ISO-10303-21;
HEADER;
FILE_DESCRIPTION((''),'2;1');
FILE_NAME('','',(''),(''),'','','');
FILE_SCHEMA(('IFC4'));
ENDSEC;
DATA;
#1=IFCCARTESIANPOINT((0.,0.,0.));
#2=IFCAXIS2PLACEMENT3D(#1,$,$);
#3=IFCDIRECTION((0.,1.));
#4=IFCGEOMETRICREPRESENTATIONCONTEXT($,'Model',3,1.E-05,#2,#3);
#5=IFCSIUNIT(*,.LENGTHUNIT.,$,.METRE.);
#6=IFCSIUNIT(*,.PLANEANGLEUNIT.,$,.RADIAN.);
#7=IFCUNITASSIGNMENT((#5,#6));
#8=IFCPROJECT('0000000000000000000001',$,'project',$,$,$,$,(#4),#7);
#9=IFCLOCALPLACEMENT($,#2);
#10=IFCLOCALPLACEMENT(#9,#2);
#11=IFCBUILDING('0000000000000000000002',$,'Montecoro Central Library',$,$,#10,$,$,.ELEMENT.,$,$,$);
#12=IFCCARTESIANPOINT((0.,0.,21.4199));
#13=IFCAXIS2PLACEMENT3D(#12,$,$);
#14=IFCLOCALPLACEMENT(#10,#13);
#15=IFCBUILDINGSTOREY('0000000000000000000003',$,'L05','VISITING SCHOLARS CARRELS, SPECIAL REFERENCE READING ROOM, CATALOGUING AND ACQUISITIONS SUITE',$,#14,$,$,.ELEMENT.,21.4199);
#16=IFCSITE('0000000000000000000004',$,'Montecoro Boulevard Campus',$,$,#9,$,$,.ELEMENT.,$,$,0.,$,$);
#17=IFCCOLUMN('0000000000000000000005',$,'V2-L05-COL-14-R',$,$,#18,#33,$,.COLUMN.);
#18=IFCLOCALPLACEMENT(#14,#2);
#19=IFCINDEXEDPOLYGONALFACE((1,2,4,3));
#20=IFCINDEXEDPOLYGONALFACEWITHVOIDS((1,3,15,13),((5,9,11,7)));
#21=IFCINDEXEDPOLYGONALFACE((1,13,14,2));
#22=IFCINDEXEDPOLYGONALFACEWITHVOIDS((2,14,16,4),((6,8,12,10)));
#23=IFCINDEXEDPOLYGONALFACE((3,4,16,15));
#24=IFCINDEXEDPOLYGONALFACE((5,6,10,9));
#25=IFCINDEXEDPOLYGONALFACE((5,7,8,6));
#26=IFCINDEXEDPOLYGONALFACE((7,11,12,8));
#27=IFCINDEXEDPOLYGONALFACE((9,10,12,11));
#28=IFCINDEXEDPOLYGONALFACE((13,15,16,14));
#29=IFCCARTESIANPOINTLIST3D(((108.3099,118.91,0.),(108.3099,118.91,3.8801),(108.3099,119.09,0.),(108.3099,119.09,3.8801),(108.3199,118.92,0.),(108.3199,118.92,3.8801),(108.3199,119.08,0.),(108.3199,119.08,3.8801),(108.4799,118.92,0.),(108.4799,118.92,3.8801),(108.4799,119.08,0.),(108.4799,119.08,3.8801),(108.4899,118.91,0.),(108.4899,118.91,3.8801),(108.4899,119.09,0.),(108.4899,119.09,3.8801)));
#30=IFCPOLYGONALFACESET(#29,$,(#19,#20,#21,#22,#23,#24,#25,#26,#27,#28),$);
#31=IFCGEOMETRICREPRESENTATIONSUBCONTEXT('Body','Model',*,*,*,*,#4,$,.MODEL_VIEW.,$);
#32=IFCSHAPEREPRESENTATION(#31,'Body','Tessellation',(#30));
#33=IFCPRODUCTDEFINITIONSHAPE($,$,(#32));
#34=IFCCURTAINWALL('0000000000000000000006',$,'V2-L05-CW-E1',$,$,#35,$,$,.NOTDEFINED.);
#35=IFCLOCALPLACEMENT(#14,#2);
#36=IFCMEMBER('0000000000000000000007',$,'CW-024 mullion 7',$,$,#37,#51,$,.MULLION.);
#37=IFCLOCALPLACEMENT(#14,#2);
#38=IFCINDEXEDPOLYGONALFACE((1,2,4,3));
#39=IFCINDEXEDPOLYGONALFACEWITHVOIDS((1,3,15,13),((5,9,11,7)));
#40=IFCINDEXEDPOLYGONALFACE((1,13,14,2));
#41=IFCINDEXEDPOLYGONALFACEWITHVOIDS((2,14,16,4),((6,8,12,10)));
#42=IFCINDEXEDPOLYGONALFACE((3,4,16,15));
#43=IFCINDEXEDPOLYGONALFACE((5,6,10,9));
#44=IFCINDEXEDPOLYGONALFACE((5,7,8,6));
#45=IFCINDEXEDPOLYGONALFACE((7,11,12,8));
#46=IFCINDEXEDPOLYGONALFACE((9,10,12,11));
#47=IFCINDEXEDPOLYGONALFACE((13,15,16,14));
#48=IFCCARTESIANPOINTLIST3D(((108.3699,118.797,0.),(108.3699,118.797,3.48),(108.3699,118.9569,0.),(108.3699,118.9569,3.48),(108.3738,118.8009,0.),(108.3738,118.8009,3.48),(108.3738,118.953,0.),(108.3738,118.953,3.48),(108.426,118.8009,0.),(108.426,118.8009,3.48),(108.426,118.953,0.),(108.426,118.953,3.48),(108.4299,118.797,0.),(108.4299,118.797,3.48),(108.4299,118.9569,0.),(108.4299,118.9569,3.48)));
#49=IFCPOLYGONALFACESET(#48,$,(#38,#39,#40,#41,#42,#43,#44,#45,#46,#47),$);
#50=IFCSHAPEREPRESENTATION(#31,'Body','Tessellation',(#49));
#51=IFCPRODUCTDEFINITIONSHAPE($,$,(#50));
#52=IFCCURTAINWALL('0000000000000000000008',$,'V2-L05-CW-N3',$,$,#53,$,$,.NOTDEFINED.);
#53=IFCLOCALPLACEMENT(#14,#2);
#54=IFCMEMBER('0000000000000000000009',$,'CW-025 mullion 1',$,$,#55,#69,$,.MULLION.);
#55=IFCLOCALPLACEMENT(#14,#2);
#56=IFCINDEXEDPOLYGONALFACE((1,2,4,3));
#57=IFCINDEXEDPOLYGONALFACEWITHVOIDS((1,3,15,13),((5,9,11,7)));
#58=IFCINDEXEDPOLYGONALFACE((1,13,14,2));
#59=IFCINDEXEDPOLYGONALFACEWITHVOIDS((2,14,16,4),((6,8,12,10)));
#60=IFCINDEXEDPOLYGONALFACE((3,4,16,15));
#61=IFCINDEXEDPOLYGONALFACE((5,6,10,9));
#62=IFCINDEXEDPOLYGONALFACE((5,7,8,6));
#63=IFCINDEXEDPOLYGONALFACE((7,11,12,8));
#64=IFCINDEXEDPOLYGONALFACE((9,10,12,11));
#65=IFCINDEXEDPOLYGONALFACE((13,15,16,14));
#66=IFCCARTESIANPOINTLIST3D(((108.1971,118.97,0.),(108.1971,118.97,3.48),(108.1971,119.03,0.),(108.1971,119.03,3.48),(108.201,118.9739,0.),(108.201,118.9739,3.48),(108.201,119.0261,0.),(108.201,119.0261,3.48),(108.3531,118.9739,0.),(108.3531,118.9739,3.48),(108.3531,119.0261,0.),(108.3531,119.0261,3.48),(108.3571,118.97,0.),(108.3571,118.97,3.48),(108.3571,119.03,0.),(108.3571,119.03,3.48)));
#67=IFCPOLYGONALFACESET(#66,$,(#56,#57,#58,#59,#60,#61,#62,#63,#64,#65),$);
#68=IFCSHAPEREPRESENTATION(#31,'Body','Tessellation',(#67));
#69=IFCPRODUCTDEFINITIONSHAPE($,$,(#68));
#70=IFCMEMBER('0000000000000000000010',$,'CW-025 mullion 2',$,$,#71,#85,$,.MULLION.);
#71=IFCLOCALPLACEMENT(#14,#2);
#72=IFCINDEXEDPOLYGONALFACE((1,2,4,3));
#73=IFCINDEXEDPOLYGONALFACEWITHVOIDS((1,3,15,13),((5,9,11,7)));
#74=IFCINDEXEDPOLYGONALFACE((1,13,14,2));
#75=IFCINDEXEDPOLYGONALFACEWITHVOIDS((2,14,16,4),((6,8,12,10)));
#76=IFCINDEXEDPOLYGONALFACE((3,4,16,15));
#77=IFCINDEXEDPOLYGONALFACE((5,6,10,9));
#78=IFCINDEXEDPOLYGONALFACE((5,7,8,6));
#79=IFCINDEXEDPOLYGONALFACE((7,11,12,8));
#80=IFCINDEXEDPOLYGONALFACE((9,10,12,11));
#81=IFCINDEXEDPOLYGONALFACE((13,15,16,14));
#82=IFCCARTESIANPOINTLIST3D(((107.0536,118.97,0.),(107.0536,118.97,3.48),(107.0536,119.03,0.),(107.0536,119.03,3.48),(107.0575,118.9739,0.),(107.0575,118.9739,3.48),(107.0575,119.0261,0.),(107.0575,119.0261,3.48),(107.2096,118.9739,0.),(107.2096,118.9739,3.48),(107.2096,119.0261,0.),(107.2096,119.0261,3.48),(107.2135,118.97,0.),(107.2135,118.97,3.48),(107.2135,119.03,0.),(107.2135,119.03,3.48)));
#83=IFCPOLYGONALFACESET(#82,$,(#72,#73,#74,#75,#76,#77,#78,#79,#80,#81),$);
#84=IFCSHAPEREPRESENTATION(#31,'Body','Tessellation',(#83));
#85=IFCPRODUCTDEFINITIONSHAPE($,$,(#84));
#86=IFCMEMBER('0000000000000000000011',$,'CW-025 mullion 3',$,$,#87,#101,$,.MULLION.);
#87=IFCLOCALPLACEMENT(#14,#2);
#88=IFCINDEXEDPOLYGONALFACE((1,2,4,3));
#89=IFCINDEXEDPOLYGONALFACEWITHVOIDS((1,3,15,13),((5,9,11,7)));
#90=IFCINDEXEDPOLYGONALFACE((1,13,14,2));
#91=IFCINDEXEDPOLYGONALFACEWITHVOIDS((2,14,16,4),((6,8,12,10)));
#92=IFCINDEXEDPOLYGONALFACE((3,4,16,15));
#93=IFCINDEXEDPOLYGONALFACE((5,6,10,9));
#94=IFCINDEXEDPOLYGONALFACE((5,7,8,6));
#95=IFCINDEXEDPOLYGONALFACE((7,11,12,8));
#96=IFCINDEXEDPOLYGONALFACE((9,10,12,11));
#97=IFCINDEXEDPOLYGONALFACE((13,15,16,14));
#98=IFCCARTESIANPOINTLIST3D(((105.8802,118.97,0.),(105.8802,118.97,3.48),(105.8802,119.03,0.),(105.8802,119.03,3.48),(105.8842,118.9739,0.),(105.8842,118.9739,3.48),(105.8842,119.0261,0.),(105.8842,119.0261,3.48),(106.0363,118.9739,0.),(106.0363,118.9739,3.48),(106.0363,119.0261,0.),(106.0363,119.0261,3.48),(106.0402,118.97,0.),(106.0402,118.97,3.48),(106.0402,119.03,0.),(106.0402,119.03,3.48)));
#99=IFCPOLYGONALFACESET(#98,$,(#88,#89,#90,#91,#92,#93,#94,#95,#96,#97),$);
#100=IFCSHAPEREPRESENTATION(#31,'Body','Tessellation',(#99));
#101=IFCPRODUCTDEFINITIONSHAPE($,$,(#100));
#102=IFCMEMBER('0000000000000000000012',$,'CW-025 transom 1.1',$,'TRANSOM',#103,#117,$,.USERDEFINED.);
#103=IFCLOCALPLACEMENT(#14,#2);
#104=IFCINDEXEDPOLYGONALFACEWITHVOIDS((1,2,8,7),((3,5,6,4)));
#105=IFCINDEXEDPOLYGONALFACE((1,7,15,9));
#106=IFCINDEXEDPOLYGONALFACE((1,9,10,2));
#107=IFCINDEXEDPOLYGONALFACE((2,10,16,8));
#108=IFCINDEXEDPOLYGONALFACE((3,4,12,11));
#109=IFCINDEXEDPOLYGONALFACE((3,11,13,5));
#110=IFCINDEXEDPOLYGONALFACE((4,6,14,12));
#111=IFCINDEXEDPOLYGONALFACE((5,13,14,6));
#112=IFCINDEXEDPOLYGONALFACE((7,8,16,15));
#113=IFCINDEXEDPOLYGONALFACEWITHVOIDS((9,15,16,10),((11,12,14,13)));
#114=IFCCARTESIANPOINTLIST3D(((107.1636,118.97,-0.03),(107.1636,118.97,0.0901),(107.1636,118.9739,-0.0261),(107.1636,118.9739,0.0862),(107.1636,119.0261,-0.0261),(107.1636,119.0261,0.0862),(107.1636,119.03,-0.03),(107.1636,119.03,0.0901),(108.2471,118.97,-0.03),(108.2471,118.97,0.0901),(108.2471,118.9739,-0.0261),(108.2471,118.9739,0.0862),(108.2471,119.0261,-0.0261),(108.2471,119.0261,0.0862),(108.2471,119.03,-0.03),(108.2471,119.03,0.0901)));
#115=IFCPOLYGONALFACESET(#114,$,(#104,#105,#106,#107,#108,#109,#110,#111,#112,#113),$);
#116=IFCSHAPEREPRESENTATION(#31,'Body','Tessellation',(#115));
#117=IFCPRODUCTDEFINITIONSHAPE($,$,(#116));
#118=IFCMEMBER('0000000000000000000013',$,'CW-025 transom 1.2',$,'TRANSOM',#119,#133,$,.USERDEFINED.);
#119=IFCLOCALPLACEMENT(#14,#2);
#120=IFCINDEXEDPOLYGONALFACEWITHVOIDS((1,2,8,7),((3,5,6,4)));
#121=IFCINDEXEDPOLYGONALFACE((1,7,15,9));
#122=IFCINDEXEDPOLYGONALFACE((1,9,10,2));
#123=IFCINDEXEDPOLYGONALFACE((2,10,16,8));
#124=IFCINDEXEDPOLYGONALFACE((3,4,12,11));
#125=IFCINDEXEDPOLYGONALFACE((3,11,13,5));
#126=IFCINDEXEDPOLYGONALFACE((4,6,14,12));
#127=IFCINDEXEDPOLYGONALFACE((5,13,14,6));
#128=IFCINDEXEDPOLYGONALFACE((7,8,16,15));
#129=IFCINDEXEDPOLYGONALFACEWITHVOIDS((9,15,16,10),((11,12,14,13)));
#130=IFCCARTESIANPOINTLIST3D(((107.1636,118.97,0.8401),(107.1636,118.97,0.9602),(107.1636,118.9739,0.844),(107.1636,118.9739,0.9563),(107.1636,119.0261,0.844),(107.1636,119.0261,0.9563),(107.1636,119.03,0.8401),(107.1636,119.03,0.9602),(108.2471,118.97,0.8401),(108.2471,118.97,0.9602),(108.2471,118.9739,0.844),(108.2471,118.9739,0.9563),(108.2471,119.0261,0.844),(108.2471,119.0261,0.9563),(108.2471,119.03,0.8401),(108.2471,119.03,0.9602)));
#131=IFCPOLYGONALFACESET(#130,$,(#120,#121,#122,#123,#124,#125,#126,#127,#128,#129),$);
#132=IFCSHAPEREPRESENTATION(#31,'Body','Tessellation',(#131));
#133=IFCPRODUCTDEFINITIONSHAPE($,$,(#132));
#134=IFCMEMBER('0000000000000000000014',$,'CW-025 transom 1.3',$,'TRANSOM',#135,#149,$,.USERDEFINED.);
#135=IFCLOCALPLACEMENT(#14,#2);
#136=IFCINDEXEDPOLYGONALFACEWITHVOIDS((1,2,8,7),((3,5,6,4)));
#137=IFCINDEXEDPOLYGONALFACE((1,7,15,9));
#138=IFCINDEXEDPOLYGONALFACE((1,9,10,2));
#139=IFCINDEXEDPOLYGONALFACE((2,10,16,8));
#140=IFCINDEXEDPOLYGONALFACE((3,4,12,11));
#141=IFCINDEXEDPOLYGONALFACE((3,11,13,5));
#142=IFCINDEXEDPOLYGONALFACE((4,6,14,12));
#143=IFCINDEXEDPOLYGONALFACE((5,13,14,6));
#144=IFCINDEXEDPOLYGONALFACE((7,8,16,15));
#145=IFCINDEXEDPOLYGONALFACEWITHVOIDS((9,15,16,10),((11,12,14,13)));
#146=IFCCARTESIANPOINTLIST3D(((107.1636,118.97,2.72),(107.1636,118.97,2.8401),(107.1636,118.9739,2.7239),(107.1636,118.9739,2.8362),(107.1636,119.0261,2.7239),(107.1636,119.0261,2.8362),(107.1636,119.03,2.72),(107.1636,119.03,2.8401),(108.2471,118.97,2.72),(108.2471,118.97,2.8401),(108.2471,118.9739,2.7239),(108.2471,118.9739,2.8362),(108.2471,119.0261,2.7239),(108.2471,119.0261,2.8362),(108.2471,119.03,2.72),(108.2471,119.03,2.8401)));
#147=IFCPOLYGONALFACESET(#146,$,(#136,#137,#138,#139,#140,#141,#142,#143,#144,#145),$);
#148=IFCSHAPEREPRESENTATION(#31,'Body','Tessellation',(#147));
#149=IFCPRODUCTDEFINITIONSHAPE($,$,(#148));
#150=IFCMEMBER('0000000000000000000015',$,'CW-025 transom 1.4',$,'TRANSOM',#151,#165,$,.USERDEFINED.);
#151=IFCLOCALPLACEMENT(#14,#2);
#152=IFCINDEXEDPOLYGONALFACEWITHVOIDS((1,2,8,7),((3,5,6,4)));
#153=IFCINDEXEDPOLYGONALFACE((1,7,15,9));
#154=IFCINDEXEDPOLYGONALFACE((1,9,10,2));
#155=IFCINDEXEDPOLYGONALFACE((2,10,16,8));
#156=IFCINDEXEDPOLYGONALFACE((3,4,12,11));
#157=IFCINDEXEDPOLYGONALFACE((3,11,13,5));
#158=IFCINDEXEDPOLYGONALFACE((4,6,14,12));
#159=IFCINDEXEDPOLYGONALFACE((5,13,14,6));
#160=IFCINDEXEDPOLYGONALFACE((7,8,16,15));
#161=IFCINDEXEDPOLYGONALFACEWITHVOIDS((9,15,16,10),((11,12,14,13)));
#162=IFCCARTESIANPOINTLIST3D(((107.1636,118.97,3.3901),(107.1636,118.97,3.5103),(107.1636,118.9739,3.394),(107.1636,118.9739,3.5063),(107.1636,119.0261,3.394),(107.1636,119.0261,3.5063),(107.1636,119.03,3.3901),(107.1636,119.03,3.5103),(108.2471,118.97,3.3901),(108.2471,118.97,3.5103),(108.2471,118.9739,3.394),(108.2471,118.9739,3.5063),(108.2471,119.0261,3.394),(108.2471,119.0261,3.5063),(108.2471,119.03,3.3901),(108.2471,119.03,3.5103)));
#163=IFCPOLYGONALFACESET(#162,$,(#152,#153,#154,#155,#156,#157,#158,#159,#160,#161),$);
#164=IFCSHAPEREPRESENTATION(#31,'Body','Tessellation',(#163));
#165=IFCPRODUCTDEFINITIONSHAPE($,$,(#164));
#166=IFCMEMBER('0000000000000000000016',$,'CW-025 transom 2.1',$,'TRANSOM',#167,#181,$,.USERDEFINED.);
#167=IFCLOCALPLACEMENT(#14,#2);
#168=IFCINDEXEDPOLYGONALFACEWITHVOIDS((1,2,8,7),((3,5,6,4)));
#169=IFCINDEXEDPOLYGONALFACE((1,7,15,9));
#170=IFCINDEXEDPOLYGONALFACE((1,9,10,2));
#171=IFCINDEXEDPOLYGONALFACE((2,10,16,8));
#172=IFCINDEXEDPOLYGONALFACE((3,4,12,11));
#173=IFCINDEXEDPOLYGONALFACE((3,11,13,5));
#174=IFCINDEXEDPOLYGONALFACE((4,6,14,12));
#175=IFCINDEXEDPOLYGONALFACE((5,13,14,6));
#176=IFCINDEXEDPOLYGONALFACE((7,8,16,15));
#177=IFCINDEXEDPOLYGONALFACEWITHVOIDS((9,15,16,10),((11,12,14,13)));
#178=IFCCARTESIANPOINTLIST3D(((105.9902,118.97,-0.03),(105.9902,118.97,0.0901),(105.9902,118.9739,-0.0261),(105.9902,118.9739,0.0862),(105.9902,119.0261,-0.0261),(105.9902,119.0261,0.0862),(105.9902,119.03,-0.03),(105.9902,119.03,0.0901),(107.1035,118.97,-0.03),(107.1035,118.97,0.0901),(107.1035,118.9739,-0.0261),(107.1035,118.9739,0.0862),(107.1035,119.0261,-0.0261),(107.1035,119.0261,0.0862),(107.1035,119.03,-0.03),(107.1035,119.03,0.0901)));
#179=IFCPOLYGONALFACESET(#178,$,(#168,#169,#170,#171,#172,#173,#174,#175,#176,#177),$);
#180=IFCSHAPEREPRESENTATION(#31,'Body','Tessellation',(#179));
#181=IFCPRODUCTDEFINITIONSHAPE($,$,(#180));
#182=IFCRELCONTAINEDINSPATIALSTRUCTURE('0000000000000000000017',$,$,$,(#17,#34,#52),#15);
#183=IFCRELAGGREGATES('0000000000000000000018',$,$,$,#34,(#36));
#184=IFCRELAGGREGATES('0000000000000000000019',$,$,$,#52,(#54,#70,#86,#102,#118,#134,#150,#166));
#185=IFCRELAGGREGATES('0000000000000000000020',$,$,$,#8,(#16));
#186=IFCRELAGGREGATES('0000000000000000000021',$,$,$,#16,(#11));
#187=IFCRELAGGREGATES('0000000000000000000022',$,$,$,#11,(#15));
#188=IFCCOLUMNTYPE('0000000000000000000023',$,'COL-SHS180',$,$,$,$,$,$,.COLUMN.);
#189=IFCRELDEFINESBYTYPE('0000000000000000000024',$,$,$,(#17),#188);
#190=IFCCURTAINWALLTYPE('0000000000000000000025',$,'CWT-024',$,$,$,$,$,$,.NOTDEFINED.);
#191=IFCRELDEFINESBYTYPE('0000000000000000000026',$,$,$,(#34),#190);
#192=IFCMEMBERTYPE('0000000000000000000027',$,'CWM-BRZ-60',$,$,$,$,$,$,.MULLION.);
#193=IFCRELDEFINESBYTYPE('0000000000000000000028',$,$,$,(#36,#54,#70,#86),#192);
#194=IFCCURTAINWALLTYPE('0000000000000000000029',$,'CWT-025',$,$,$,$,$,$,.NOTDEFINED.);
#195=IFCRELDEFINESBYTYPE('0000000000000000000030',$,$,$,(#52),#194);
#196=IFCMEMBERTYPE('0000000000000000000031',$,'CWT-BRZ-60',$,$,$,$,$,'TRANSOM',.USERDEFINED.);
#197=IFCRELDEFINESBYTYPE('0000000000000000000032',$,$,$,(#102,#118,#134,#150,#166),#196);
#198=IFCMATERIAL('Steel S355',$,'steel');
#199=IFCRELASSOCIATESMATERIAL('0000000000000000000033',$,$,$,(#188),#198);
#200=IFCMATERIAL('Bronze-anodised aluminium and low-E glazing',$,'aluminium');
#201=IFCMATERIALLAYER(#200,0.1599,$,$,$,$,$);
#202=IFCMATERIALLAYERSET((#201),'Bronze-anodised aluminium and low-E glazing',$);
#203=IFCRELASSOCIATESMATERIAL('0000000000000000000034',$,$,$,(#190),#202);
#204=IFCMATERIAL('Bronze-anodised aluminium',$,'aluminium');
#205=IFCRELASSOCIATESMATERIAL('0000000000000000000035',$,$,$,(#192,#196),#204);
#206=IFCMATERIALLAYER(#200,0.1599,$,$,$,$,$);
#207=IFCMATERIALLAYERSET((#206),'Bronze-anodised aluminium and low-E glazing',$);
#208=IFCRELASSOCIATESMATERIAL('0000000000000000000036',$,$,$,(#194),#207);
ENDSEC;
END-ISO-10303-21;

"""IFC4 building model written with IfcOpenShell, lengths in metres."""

from ifc_helpers import new_model, si_unit, direction, frame, origin, origin_2d, place, context, subcontext, project, spatial, hollow_rectangle, extrude, material, layer, layer_set, material_profile, profile_set, type_object, element, aggregate, save


model = new_model("IFC4")

# Units and contexts
model_context = context("Model", 3, precision=1e-05, world=origin(), true_north=direction((0.0, 1.0)))
body_context = subcontext(model_context, "Body", "Model", "MODEL_VIEW")
ifc_project = project(units=[si_unit("LENGTHUNIT", "METRE"), si_unit("PLANEANGLEUNIT", "RADIAN")], contexts=[model_context])

# Site, building, storey
site_placement = place(None, origin())
site = spatial("IfcSite", under=ifc_project, at=site_placement, Name="Montecoro Boulevard Campus", CompositionType="ELEMENT", RefElevation=0.0)
building_placement = place(site_placement, origin())
building = spatial("IfcBuilding", under=site, at=building_placement, Name="Montecoro Central Library", CompositionType="ELEMENT")
storey_placement = place(building_placement, frame((0.0, 0.0, 21.4199)))
storey = spatial("IfcBuildingStorey", under=building, at=storey_placement, Name="L05", Description="VISITING SCHOLARS CARRELS, SPECIAL REFERENCE READING ROOM, CATALOGUING AND ACQUISITIONS SUITE", CompositionType="ELEMENT", Elevation=21.4199)

# Column
ifc_material_1 = material(Name="Steel S355", Category="steel")
ifc_material_profile_1 = material_profile(ifc_material_1, hollow_rectangle(XDim=0.1799, YDim=0.1799, WallThickness=0.01, at=origin_2d()), Name="SHS 180x180x10.0")
ifc_profile_set_1 = profile_set([ifc_material_profile_1], Name="Steel S355")
column_type = type_object("IfcColumnType", Name="COL-SHS180", PredefinedType="COLUMN", material=ifc_profile_set_1)
column_placement = place(storey_placement, frame((108.3999, 119.0, 0.0), z_axis=(0.0, 0.0, 1.0), x_axis=(1.0, 0.0, 0.0)))
element("IfcColumn", 1, at=column_placement, inside=storey, type_object=column_type, Name="V2-L05-COL-14-R", PredefinedType="COLUMN", context=body_context, shape_type="SweptSolid", body=[
    extrude(hollow_rectangle(XDim=0.1799, YDim=0.1799, WallThickness=0.01, at=origin_2d()), origin(), (0.0, 0.0, 1.0), 3.8801),
])

# Curtain wall, member
ifc_material_2 = material(Name="Bronze-anodised aluminium and low-E glazing", Category="aluminium")
ifc_layer_1 = layer(ifc_material_2, 0.1599)
ifc_layer_set_1 = layer_set([ifc_layer_1], Name="Bronze-anodised aluminium and low-E glazing")
curtain_wall_type_1 = type_object("IfcCurtainWallType", Name="CWT-024", PredefinedType="NOTDEFINED", material=ifc_layer_set_1)
curtain_wall_1_placement = place(storey_placement, origin())
curtain_wall_1 = element("IfcCurtainWall", 2, at=curtain_wall_1_placement, inside=storey, type_object=curtain_wall_type_1, Name="V2-L05-CW-E1", PredefinedType="NOTDEFINED")
ifc_material_3 = material(Name="Bronze-anodised aluminium", Category="aluminium")
ifc_material_profile_2 = material_profile(ifc_material_3, hollow_rectangle(XDim=0.0601, YDim=0.1599, WallThickness=0.0039, at=origin_2d()), Name="CWM 160x60x4.0")
ifc_profile_set_2 = profile_set([ifc_material_profile_2], Name="Bronze-anodised aluminium")
member_type_1 = type_object("IfcMemberType", Name="CWM-BRZ-60", PredefinedType="MULLION", material=ifc_profile_set_2)
member_1_placement = place(storey_placement, frame((108.3999, 118.877, 0.0), z_axis=(0.0, 0.0, 1.0), x_axis=(-1.0, 0.0, 0.0)))
member_1 = element("IfcMember", 3, at=member_1_placement, type_object=member_type_1, Name="CW-024 mullion 7", PredefinedType="MULLION", context=body_context, shape_type="SweptSolid", body=[
    extrude(hollow_rectangle(XDim=0.0601, YDim=0.1599, WallThickness=0.0039, at=origin_2d()), origin(), (0.0, 0.0, 1.0), 3.48),
])

# Curtain wall, members
ifc_layer_2 = layer(ifc_material_2, 0.1599)
ifc_layer_set_2 = layer_set([ifc_layer_2], Name="Bronze-anodised aluminium and low-E glazing")
curtain_wall_type_2 = type_object("IfcCurtainWallType", Name="CWT-025", PredefinedType="NOTDEFINED", material=ifc_layer_set_2)
curtain_wall_2_placement = place(storey_placement, origin())
curtain_wall_2 = element("IfcCurtainWall", 4, at=curtain_wall_2_placement, inside=storey, type_object=curtain_wall_type_2, Name="V2-L05-CW-N3", PredefinedType="NOTDEFINED")
member_2_placement = place(storey_placement, frame((108.2771, 119.0, 0.0), z_axis=(0.0, 0.0, 1.0), x_axis=(0.0, -1.0, 0.0)))
member_2 = element("IfcMember", 5, at=member_2_placement, type_object=member_type_1, Name="CW-025 mullion 1", PredefinedType="MULLION", context=body_context, shape_type="SweptSolid", body=[
    extrude(hollow_rectangle(XDim=0.0601, YDim=0.1599, WallThickness=0.0039, at=origin_2d()), origin(), (0.0, 0.0, 1.0), 3.48),
])
member_3_placement = place(storey_placement, frame((107.1335, 119.0, 0.0), z_axis=(0.0, 0.0, 1.0), x_axis=(0.0, -1.0, 0.0)))
member_3 = element("IfcMember", 6, at=member_3_placement, type_object=member_type_1, Name="CW-025 mullion 2", PredefinedType="MULLION", context=body_context, shape_type="SweptSolid", body=[
    extrude(hollow_rectangle(XDim=0.0601, YDim=0.1599, WallThickness=0.0039, at=origin_2d()), origin(), (0.0, 0.0, 1.0), 3.48),
])
member_4_placement = place(storey_placement, frame((105.9602, 119.0, 0.0), z_axis=(0.0, 0.0, 1.0), x_axis=(0.0, -1.0, 0.0)))
member_4 = element("IfcMember", 7, at=member_4_placement, type_object=member_type_1, Name="CW-025 mullion 3", PredefinedType="MULLION", context=body_context, shape_type="SweptSolid", body=[
    extrude(hollow_rectangle(XDim=0.0601, YDim=0.1599, WallThickness=0.0039, at=origin_2d()), origin(), (0.0, 0.0, 1.0), 3.48),
])
ifc_material_profile_3 = material_profile(ifc_material_3, hollow_rectangle(XDim=0.0601, YDim=0.1201, WallThickness=0.0039, at=origin_2d()), Name="CWT 120x60x4.0")
ifc_profile_set_3 = profile_set([ifc_material_profile_3], Name="Bronze-anodised aluminium")
member_type_2 = type_object("IfcMemberType", Name="CWT-BRZ-60", ElementType="TRANSOM", PredefinedType="USERDEFINED", material=ifc_profile_set_3)
member_5_placement = place(storey_placement, frame((108.2471, 119.0, 0.03), z_axis=(-1.0, 0.0, 0.0), x_axis=(0.0, -1.0, 0.0)))
member_5 = element("IfcMember", 8, at=member_5_placement, type_object=member_type_2, Name="CW-025 transom 1.1", ObjectType="TRANSOM", PredefinedType="USERDEFINED", context=body_context, shape_type="SweptSolid", body=[
    extrude(hollow_rectangle(XDim=0.0601, YDim=0.1201, WallThickness=0.0039, at=origin_2d()), origin(), (0.0, 0.0, 1.0), 1.0835),
])
member_6_placement = place(storey_placement, frame((108.2471, 119.0, 0.9001), z_axis=(-1.0, 0.0, 0.0), x_axis=(0.0, -1.0, 0.0)))
member_6 = element("IfcMember", 9, at=member_6_placement, type_object=member_type_2, Name="CW-025 transom 1.2", ObjectType="TRANSOM", PredefinedType="USERDEFINED", context=body_context, shape_type="SweptSolid", body=[
    extrude(hollow_rectangle(XDim=0.0601, YDim=0.1201, WallThickness=0.0039, at=origin_2d()), origin(), (0.0, 0.0, 1.0), 1.0835),
])
member_7_placement = place(storey_placement, frame((108.2471, 119.0, 2.78), z_axis=(-1.0, 0.0, 0.0), x_axis=(0.0, -1.0, 0.0)))
member_7 = element("IfcMember", 10, at=member_7_placement, type_object=member_type_2, Name="CW-025 transom 1.3", ObjectType="TRANSOM", PredefinedType="USERDEFINED", context=body_context, shape_type="SweptSolid", body=[
    extrude(hollow_rectangle(XDim=0.0601, YDim=0.1201, WallThickness=0.0039, at=origin_2d()), origin(), (0.0, 0.0, 1.0), 1.0835),
])
member_8_placement = place(storey_placement, frame((108.2471, 119.0, 3.4502), z_axis=(-1.0, 0.0, 0.0), x_axis=(0.0, -1.0, 0.0)))
member_8 = element("IfcMember", 11, at=member_8_placement, type_object=member_type_2, Name="CW-025 transom 1.4", ObjectType="TRANSOM", PredefinedType="USERDEFINED", context=body_context, shape_type="SweptSolid", body=[
    extrude(hollow_rectangle(XDim=0.0601, YDim=0.1201, WallThickness=0.0039, at=origin_2d()), origin(), (0.0, 0.0, 1.0), 1.0835),
])
member_9_placement = place(storey_placement, frame((107.1035, 119.0, 0.03), z_axis=(-1.0, 0.0, 0.0), x_axis=(0.0, -1.0, 0.0)))
member_9 = element("IfcMember", 12, at=member_9_placement, type_object=member_type_2, Name="CW-025 transom 2.1", ObjectType="TRANSOM", PredefinedType="USERDEFINED", context=body_context, shape_type="SweptSolid", body=[
    extrude(hollow_rectangle(XDim=0.0601, YDim=0.1201, WallThickness=0.0039, at=origin_2d()), origin(), (0.0, 0.0, 1.0), 1.1133),
])

aggregate(curtain_wall_1, [member_1])
aggregate(curtain_wall_2, [member_2, member_3, member_4, member_5, member_6, member_7, member_8, member_9])

save(model, "model.ifc")
